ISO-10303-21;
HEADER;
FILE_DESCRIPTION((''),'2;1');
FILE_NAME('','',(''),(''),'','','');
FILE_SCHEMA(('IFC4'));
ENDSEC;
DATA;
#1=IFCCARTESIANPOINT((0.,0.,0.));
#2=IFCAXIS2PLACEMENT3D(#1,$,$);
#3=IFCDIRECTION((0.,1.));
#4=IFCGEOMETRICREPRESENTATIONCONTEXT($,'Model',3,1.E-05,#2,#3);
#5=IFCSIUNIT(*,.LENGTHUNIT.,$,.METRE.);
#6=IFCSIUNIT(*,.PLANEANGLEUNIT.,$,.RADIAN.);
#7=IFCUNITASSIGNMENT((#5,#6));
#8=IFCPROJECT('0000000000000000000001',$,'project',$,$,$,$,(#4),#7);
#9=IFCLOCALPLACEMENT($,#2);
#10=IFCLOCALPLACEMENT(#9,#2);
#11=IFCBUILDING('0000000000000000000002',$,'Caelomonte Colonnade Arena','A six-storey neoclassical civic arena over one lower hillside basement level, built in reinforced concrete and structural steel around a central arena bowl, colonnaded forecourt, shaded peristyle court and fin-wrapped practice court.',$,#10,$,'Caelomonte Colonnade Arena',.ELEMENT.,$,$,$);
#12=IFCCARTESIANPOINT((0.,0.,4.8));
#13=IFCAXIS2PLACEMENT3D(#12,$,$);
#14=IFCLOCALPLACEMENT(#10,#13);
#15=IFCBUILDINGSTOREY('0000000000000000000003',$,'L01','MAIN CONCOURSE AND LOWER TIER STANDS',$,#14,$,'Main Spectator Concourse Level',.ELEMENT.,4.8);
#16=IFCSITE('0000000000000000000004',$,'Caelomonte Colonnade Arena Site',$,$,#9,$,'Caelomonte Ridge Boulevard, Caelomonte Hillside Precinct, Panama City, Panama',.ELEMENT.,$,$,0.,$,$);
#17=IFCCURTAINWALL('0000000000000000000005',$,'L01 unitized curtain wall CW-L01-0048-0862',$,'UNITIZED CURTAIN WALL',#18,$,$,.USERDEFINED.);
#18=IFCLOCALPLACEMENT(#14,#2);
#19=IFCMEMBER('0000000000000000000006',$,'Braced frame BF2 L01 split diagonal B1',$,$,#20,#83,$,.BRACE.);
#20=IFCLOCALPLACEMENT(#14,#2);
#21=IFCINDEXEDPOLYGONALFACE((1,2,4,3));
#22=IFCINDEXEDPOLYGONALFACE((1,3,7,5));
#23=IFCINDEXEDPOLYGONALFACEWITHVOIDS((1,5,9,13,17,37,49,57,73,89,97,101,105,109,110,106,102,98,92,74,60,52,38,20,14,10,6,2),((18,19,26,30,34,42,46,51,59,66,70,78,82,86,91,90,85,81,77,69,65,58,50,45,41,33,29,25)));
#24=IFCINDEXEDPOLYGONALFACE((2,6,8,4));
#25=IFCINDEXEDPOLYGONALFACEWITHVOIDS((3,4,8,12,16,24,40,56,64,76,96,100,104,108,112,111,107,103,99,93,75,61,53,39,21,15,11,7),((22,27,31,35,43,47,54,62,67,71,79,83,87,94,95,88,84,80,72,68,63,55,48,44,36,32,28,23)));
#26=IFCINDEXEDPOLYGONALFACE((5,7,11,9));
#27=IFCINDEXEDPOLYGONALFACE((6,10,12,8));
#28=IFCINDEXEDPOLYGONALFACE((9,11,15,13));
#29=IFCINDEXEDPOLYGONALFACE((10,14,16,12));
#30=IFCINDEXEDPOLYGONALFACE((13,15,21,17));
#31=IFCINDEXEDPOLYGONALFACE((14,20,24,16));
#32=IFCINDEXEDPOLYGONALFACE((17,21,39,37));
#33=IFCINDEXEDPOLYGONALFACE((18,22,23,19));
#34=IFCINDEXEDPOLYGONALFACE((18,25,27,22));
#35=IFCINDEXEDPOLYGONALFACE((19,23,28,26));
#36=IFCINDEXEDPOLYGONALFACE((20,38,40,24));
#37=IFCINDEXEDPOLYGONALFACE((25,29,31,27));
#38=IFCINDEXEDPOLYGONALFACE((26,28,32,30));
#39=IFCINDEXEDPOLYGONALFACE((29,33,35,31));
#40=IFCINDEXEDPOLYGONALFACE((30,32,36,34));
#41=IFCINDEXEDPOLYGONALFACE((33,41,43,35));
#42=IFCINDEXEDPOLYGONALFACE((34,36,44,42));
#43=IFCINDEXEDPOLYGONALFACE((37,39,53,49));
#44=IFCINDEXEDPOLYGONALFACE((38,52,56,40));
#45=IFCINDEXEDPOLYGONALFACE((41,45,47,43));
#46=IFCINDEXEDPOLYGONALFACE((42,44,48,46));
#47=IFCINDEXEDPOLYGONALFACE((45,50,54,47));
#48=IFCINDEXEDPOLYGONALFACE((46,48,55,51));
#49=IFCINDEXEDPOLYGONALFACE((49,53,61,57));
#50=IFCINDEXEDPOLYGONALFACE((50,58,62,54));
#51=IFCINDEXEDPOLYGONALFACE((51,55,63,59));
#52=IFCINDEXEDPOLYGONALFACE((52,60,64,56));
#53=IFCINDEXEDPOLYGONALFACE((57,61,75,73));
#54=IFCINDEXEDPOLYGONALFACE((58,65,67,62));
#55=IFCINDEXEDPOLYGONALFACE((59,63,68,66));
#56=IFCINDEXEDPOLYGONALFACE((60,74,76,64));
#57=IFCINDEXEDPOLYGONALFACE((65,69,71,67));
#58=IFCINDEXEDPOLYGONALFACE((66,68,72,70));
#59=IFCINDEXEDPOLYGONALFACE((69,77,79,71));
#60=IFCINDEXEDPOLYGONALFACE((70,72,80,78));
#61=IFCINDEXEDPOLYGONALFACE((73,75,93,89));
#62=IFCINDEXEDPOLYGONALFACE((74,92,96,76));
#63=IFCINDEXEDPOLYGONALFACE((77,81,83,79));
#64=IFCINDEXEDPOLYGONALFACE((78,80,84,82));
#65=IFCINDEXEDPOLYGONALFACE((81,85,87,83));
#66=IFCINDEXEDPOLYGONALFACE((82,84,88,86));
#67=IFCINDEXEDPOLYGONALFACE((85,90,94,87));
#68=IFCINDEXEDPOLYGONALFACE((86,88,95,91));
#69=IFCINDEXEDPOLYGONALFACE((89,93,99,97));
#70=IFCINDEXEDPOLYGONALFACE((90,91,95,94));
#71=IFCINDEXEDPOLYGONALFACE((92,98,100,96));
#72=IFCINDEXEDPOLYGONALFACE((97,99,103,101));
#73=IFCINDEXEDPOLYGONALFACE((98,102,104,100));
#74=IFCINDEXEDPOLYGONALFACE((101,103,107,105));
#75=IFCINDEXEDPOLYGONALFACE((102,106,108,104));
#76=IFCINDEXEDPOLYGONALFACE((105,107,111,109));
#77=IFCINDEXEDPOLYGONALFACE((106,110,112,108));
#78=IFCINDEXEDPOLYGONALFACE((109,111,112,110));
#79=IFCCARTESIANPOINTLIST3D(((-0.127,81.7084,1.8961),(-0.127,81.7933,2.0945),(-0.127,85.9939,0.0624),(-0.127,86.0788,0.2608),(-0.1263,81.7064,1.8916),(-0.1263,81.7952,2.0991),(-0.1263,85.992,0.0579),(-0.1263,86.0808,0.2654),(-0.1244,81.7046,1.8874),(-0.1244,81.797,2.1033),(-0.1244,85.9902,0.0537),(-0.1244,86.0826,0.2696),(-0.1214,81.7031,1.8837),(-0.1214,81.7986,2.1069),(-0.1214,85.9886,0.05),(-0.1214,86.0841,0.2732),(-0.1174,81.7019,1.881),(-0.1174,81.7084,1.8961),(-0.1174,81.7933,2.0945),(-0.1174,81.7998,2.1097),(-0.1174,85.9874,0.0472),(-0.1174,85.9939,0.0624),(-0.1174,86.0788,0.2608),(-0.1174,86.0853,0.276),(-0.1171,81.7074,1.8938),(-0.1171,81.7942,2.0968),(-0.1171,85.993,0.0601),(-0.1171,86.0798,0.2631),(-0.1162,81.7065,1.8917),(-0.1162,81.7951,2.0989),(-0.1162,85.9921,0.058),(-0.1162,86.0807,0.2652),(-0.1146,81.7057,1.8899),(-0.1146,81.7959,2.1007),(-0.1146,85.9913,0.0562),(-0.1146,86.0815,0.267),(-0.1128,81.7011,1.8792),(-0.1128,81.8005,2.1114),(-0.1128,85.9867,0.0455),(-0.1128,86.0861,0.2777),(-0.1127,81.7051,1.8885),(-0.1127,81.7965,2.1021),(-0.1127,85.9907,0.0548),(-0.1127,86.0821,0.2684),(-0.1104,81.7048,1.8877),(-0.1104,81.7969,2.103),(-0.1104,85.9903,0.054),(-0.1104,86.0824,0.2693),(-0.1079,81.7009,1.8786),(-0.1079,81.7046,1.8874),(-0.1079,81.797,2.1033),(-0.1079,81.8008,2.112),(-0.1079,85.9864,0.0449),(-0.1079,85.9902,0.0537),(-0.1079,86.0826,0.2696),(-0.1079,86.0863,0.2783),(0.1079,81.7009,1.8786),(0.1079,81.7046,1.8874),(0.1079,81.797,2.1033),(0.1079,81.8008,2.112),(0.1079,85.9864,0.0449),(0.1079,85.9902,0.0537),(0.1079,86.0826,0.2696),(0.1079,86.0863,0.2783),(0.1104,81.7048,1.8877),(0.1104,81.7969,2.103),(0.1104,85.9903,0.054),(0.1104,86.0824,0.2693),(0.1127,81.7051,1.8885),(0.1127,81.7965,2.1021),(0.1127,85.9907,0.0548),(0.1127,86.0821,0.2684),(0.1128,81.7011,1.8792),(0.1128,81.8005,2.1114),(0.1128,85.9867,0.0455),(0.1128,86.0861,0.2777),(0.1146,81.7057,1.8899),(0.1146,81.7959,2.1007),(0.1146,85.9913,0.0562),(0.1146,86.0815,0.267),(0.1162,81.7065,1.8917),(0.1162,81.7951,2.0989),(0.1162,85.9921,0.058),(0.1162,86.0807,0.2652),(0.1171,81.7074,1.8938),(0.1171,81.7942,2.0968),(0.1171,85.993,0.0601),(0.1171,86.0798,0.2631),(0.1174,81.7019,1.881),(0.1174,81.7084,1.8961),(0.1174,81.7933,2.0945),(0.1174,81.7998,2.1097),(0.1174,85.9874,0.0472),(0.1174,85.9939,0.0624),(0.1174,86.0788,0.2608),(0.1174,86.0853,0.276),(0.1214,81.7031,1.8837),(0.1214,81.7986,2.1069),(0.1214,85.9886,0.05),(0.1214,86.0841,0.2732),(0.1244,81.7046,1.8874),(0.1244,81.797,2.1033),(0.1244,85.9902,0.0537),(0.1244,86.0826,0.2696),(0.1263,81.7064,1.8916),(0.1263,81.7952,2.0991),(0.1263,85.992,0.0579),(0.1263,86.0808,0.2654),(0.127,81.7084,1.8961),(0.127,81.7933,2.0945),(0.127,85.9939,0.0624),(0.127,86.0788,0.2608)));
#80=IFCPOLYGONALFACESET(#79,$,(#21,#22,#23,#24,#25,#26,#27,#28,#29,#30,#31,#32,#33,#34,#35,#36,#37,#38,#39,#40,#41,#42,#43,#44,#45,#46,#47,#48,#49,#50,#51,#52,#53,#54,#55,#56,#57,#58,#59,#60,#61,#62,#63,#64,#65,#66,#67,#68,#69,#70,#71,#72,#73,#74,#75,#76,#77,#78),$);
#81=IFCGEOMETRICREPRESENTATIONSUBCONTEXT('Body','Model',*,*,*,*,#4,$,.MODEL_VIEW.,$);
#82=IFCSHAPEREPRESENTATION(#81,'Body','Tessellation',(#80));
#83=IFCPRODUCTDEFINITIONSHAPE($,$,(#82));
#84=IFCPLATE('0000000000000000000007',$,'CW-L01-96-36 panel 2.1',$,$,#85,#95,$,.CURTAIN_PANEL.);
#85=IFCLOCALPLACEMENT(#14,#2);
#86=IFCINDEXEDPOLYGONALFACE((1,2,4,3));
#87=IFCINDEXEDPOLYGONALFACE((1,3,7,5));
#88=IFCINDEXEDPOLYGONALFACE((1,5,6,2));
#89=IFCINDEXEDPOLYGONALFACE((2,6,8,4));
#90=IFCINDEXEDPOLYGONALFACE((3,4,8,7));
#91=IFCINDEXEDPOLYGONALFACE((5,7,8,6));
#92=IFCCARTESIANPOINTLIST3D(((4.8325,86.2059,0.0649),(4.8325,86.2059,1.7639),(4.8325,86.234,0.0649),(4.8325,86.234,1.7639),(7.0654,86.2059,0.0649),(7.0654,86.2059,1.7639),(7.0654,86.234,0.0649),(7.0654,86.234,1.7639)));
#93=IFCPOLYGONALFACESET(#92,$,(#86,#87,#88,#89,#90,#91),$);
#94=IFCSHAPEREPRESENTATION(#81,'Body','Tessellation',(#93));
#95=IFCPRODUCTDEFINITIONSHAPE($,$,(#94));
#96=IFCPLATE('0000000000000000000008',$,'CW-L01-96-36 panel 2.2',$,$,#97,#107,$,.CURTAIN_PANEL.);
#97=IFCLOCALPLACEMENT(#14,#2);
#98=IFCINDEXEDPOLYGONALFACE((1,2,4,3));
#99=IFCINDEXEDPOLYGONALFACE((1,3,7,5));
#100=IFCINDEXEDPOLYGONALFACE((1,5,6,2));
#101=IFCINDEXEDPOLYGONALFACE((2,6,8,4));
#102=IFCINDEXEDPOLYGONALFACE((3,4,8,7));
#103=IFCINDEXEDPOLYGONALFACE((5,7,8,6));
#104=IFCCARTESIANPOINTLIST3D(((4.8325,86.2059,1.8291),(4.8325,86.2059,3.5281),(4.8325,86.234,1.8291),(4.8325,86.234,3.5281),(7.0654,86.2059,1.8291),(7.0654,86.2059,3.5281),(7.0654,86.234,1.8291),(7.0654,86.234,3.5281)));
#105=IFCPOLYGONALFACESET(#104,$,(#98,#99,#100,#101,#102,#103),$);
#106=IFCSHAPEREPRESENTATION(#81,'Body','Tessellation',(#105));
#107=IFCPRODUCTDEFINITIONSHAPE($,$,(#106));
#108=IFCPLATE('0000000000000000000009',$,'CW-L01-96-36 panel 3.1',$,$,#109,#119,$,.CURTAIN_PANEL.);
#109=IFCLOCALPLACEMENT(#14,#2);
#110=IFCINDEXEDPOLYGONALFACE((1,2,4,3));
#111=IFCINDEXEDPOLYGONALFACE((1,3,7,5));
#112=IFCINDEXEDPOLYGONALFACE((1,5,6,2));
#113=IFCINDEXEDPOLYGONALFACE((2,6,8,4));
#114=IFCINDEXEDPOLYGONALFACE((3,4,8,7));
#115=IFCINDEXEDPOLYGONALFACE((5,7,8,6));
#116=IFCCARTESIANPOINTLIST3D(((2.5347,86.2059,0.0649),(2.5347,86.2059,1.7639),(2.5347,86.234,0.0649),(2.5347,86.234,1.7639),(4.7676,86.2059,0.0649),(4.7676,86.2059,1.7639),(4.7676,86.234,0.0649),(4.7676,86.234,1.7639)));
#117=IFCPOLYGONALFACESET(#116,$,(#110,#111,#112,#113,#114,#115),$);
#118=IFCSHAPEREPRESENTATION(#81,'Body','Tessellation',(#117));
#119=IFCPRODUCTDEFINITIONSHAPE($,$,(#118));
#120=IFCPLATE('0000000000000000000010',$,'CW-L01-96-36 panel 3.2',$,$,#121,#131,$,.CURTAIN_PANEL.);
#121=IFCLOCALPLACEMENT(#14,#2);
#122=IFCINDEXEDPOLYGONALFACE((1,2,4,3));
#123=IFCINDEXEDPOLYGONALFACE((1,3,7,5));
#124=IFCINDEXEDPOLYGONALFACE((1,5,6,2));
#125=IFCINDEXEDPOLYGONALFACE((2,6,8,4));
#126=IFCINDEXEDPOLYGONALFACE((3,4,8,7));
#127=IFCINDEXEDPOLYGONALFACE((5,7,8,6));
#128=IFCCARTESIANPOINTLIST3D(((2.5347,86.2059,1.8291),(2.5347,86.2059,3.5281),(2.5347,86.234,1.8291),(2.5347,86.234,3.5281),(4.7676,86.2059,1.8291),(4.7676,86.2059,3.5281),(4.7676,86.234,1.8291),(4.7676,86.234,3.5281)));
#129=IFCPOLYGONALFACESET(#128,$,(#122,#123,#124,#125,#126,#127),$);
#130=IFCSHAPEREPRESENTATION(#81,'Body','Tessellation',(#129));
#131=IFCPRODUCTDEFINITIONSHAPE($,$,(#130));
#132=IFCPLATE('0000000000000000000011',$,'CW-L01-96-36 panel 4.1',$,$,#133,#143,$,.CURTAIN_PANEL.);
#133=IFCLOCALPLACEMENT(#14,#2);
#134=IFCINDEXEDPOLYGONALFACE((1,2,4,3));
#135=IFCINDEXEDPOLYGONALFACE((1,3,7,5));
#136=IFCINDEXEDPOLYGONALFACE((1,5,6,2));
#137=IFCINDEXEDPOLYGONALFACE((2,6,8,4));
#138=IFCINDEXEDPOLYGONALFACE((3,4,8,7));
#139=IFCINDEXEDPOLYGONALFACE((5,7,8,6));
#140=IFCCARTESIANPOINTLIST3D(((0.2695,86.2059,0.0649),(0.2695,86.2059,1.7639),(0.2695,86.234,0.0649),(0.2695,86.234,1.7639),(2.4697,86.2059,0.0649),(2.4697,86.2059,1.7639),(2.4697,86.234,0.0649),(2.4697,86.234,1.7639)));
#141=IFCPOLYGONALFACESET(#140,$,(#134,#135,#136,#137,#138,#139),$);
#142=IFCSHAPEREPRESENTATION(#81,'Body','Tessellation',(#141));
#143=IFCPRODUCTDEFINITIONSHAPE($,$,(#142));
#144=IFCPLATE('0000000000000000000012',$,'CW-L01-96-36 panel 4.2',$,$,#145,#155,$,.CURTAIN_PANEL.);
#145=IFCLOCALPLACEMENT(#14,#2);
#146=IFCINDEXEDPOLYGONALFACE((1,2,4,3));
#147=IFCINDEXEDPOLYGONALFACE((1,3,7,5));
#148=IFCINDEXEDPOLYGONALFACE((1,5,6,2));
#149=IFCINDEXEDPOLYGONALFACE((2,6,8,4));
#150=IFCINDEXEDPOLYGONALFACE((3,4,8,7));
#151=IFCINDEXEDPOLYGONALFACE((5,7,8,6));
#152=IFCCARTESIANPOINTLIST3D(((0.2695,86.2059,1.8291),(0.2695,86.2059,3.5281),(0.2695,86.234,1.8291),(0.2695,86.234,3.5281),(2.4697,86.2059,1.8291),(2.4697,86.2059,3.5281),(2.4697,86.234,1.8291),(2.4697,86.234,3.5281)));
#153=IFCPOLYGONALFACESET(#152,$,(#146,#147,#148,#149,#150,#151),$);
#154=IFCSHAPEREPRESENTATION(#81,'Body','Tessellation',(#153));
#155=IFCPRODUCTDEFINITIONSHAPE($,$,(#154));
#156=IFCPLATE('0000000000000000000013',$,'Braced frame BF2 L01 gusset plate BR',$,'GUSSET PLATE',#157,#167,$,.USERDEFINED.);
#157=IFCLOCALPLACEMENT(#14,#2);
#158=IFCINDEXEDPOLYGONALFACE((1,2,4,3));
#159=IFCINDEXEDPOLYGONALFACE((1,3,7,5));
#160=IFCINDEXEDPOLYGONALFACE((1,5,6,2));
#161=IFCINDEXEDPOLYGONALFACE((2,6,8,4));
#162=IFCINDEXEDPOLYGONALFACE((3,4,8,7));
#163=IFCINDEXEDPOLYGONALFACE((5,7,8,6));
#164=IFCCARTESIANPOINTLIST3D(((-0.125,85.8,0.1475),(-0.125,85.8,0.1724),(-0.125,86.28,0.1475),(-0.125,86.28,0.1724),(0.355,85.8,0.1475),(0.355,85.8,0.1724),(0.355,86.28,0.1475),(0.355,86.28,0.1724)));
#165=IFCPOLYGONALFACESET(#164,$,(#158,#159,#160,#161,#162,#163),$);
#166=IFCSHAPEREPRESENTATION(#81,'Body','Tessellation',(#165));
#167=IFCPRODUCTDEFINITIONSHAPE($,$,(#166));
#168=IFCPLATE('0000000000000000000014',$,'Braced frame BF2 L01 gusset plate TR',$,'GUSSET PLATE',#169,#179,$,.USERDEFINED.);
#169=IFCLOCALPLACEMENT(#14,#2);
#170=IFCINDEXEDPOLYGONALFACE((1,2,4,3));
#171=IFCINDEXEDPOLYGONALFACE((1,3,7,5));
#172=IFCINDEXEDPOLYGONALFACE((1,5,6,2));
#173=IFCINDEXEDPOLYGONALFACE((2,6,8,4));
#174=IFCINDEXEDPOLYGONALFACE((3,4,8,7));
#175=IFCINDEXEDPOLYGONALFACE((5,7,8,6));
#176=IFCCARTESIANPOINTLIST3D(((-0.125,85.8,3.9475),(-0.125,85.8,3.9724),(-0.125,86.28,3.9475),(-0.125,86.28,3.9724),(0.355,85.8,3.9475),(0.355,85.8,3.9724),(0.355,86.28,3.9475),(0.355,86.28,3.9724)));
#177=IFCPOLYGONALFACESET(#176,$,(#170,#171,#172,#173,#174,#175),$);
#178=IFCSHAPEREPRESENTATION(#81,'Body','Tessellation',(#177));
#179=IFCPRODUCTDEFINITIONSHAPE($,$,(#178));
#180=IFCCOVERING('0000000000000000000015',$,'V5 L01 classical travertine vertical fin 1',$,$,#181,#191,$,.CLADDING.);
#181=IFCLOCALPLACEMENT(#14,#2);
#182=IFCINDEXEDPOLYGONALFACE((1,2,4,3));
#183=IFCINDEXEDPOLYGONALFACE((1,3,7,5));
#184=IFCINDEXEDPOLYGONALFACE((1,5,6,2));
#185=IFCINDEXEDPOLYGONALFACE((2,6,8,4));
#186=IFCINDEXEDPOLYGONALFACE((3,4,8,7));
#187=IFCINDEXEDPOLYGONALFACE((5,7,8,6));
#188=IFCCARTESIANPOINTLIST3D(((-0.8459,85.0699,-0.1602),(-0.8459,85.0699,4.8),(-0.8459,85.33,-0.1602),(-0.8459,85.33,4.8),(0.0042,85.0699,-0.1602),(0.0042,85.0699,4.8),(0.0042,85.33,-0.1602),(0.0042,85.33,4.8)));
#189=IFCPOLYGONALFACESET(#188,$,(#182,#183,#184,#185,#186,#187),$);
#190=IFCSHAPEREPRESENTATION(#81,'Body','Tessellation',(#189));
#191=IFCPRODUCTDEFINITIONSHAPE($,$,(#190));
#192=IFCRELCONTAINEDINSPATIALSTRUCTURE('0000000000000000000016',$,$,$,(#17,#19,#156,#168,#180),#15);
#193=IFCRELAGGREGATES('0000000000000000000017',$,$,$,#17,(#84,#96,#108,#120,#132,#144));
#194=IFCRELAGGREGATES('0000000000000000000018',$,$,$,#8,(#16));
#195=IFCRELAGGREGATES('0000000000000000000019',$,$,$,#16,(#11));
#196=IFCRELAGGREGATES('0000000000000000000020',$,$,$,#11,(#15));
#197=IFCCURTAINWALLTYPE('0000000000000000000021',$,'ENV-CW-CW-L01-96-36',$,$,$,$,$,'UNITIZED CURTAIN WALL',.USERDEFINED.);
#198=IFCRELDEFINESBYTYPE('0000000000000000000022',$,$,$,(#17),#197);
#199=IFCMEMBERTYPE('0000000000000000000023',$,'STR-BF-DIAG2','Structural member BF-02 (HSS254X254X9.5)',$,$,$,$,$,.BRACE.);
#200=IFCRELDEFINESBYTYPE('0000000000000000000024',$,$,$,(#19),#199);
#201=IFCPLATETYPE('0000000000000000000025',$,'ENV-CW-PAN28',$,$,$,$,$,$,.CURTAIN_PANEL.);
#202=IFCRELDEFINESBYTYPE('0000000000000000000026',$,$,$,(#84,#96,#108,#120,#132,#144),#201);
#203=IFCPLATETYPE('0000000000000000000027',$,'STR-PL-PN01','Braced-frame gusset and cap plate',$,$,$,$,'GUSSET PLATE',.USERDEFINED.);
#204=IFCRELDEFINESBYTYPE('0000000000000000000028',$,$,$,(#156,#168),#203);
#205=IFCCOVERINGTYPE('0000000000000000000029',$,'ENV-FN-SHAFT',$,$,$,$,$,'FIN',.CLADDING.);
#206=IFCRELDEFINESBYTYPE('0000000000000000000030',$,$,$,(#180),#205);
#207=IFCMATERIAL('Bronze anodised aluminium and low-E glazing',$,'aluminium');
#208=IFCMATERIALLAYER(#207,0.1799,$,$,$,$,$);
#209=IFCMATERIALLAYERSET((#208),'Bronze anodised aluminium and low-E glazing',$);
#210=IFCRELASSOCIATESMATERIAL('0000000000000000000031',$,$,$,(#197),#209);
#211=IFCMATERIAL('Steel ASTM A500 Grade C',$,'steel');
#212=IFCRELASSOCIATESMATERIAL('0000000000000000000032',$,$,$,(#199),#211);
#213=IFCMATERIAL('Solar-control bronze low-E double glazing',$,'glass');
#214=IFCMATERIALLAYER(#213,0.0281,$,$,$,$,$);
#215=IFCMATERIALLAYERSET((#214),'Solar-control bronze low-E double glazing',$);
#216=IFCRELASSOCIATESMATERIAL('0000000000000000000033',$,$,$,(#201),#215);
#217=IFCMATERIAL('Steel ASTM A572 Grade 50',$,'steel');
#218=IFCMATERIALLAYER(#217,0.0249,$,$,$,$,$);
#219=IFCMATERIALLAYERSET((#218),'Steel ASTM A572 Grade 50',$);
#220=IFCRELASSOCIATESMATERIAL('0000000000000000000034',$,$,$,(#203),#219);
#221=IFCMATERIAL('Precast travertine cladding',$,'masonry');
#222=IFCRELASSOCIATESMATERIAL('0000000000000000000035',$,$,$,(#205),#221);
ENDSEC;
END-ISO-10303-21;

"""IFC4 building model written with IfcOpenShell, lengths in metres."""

from ifc_helpers import new_model, si_unit, direction, frame, origin, origin_2d, place, context, subcontext, project, spatial, rectangle, hollow_rectangle, extrude, material, layer, layer_set, material_profile, profile_set, type_object, element, aggregate, save


model = new_model("IFC4")

# Units and contexts
model_context = context("Model", 3, precision=1e-05, world=origin(), true_north=direction((0.0, 1.0)))
body_context = subcontext(model_context, "Body", "Model", "MODEL_VIEW")
ifc_project = project(units=[si_unit("LENGTHUNIT", "METRE"), si_unit("PLANEANGLEUNIT", "RADIAN")], contexts=[model_context])

# Site, building, storey
site_placement = place(None, origin())
site = spatial("IfcSite", under=ifc_project, at=site_placement, Name="Caelomonte Colonnade Arena Site", LongName="Caelomonte Ridge Boulevard, Caelomonte Hillside Precinct, Panama City, Panama", CompositionType="ELEMENT", RefElevation=0.0)
building_placement = place(site_placement, origin())
building = spatial("IfcBuilding", under=site, at=building_placement, Name="Caelomonte Colonnade Arena", Description="A six-storey neoclassical civic arena over one lower hillside basement level, built in reinforced concrete and structural steel around a central arena bowl, colonnaded forecourt, shaded peristyle court and fin-wrapped practice court.", LongName="Caelomonte Colonnade Arena", CompositionType="ELEMENT")
storey_placement = place(building_placement, frame((0.0, 0.0, 4.8)))
storey = spatial("IfcBuildingStorey", under=building, at=storey_placement, Name="L01", Description="MAIN CONCOURSE AND LOWER TIER STANDS", LongName="Main Spectator Concourse Level", CompositionType="ELEMENT", Elevation=4.8)

# Curtain wall
ifc_material_1 = material(Name="Bronze anodised aluminium and low-E glazing", Category="aluminium")
ifc_layer_1 = layer(ifc_material_1, 0.1799)
ifc_layer_set_1 = layer_set([ifc_layer_1], Name="Bronze anodised aluminium and low-E glazing")
curtain_wall_type = type_object("IfcCurtainWallType", Name="ENV-CW-CW-L01-96-36", ElementType="UNITIZED CURTAIN WALL", PredefinedType="USERDEFINED", material=ifc_layer_set_1)
curtain_wall_placement = place(storey_placement, origin())
curtain_wall = element("IfcCurtainWall", 1, at=curtain_wall_placement, inside=storey, type_object=curtain_wall_type, Name="L01 unitized curtain wall CW-L01-0048-0862", ObjectType="UNITIZED CURTAIN WALL", PredefinedType="USERDEFINED")

# Member
ifc_material_2 = material(Name="Steel ASTM A500 Grade C", Category="steel")
ifc_material_profile_1 = material_profile(ifc_material_2, hollow_rectangle(XDim=0.2539, YDim=0.2539, WallThickness=0.0095, InnerFilletRadius=0.0095, OuterFilletRadius=0.019, at=origin_2d()), Name="HSS254X254X9.5")
ifc_profile_set_1 = profile_set([ifc_material_profile_1], Name="Steel ASTM A500 Grade C")
member_type_1 = type_object("IfcMemberType", Name="STR-BF-DIAG2", Description="Structural member BF-02 (HSS254X254X9.5)", PredefinedType="BRACE", material=ifc_profile_set_1)
member_1_placement = place(storey_placement, frame((0.0, 86.0364, 0.1616), z_axis=(0.0, -0.919375, 0.393382), x_axis=(1.0, 0.0, 0.0)))
element("IfcMember", 2, at=member_1_placement, inside=storey, type_object=member_type_1, Name="Braced frame BF2 L01 split diagonal B1", PredefinedType="BRACE", context=body_context, shape_type="SweptSolid", body=[
    extrude(hollow_rectangle(XDim=0.2539, YDim=0.2539, WallThickness=0.0095, InnerFilletRadius=0.0095, OuterFilletRadius=0.019, at=origin_2d()), origin(), (0.0, 0.0, 1.0), 4.6614),
])

# Plates
ifc_material_3 = material(Name="Solar-control bronze low-E double glazing", Category="glass")
ifc_layer_2 = layer(ifc_material_3, 0.0281)
ifc_layer_set_2 = layer_set([ifc_layer_2], Name="Solar-control bronze low-E double glazing")
plate_type_1 = type_object("IfcPlateType", Name="ENV-CW-PAN28", PredefinedType="CURTAIN_PANEL", material=ifc_layer_set_2)
plate_1_placement = place(storey_placement, frame((5.949, 86.22, 0.0649), z_axis=(0.0, 0.0, 1.0), x_axis=(-1.0, 0.0, 0.0)))
plate_1 = element("IfcPlate", 3, at=plate_1_placement, type_object=plate_type_1, Name="CW-L01-96-36 panel 2.1", PredefinedType="CURTAIN_PANEL", context=body_context, shape_type="SweptSolid", body=[
    extrude(rectangle(XDim=2.2329, YDim=0.0281, at=origin_2d()), origin(), (0.0, 0.0, 1.0), 1.699),
])
plate_2_placement = place(storey_placement, frame((5.949, 86.22, 1.8291), z_axis=(0.0, 0.0, 1.0), x_axis=(-1.0, 0.0, 0.0)))
plate_2 = element("IfcPlate", 4, at=plate_2_placement, type_object=plate_type_1, Name="CW-L01-96-36 panel 2.2", PredefinedType="CURTAIN_PANEL", context=body_context, shape_type="SweptSolid", body=[
    extrude(rectangle(XDim=2.2329, YDim=0.0281, at=origin_2d()), origin(), (0.0, 0.0, 1.0), 1.699),
])
plate_3_placement = place(storey_placement, frame((3.6511, 86.22, 0.0649), z_axis=(0.0, 0.0, 1.0), x_axis=(-1.0, 0.0, 0.0)))
plate_3 = element("IfcPlate", 5, at=plate_3_placement, type_object=plate_type_1, Name="CW-L01-96-36 panel 3.1", PredefinedType="CURTAIN_PANEL", context=body_context, shape_type="SweptSolid", body=[
    extrude(rectangle(XDim=2.2329, YDim=0.0281, at=origin_2d()), origin(), (0.0, 0.0, 1.0), 1.699),
])
plate_4_placement = place(storey_placement, frame((3.6511, 86.22, 1.8291), z_axis=(0.0, 0.0, 1.0), x_axis=(-1.0, 0.0, 0.0)))
plate_4 = element("IfcPlate", 6, at=plate_4_placement, type_object=plate_type_1, Name="CW-L01-96-36 panel 3.2", PredefinedType="CURTAIN_PANEL", context=body_context, shape_type="SweptSolid", body=[
    extrude(rectangle(XDim=2.2329, YDim=0.0281, at=origin_2d()), origin(), (0.0, 0.0, 1.0), 1.699),
])
plate_5_placement = place(storey_placement, frame((1.3696, 86.22, 0.0649), z_axis=(0.0, 0.0, 1.0), x_axis=(-1.0, 0.0, 0.0)))
plate_5 = element("IfcPlate", 7, at=plate_5_placement, type_object=plate_type_1, Name="CW-L01-96-36 panel 4.1", PredefinedType="CURTAIN_PANEL", context=body_context, shape_type="SweptSolid", body=[
    extrude(rectangle(XDim=2.2002, YDim=0.0281, at=origin_2d()), origin(), (0.0, 0.0, 1.0), 1.699),
])
plate_6_placement = place(storey_placement, frame((1.3696, 86.22, 1.8291), z_axis=(0.0, 0.0, 1.0), x_axis=(-1.0, 0.0, 0.0)))
plate_6 = element("IfcPlate", 8, at=plate_6_placement, type_object=plate_type_1, Name="CW-L01-96-36 panel 4.2", PredefinedType="CURTAIN_PANEL", context=body_context, shape_type="SweptSolid", body=[
    extrude(rectangle(XDim=2.2002, YDim=0.0281, at=origin_2d()), origin(), (0.0, 0.0, 1.0), 1.699),
])
aggregate(curtain_wall, [plate_1, plate_2, plate_3, plate_4, plate_5, plate_6])

# Plates
ifc_material_4 = material(Name="Steel ASTM A572 Grade 50", Category="steel")
ifc_layer_3 = layer(ifc_material_4, 0.0249)
ifc_layer_set_3 = layer_set([ifc_layer_3], Name="Steel ASTM A572 Grade 50")
plate_type_2 = type_object("IfcPlateType", Name="STR-PL-PN01", Description="Braced-frame gusset and cap plate", ElementType="GUSSET PLATE", PredefinedType="USERDEFINED", material=ifc_layer_set_3)
for number, where, z_axis, x_axis, name in (
    (9, (0.115, 86.04, 0.1475), (0.0, 0.0, 1.0), (1.0, 0.0, 0.0), "Braced frame BF2 L01 gusset plate BR"),
    (10, (0.115, 86.04, 3.9475), (0.0, 0.0, 1.0), (1.0, 0.0, 0.0), "Braced frame BF2 L01 gusset plate TR"),
):
    element("IfcPlate", number, at=place(storey_placement, frame(where, z_axis=z_axis, x_axis=x_axis)), inside=storey, type_object=plate_type_2, Name=name, ObjectType="GUSSET PLATE", PredefinedType="USERDEFINED", context=body_context, shape_type="SweptSolid", body=[
        extrude(rectangle(XDim=0.48, YDim=0.48, at=origin_2d()), origin(), (0.0, 0.0, 1.0), 0.0249),
    ])

# Covering
ifc_material_5 = material(Name="Precast travertine cladding", Category="masonry")
ifc_material_profile_2 = material_profile(ifc_material_5, rectangle(XDim=0.26, YDim=0.8501, at=origin_2d()), Name="FIN260X850")
ifc_profile_set_2 = profile_set([ifc_material_profile_2], Name="Precast travertine cladding")
covering_type = type_object("IfcCoveringType", Name="ENV-FN-SHAFT", ElementType="FIN", PredefinedType="CLADDING", material=ifc_profile_set_2)
covering_placement = place(storey_placement, frame((-0.4209, 85.2, -0.1602), z_axis=(0.0, 0.0, 1.0), x_axis=(0.0, 1.0, 0.0)))
element("IfcCovering", 11, at=covering_placement, inside=storey, type_object=covering_type, Name="V5 L01 classical travertine vertical fin 1", PredefinedType="CLADDING", context=body_context, shape_type="SweptSolid", body=[
    extrude(rectangle(XDim=0.26, YDim=0.8501, at=origin_2d()), origin(), (0.0, 0.0, 1.0), 4.9602),
])

save(model, "model.ifc")
